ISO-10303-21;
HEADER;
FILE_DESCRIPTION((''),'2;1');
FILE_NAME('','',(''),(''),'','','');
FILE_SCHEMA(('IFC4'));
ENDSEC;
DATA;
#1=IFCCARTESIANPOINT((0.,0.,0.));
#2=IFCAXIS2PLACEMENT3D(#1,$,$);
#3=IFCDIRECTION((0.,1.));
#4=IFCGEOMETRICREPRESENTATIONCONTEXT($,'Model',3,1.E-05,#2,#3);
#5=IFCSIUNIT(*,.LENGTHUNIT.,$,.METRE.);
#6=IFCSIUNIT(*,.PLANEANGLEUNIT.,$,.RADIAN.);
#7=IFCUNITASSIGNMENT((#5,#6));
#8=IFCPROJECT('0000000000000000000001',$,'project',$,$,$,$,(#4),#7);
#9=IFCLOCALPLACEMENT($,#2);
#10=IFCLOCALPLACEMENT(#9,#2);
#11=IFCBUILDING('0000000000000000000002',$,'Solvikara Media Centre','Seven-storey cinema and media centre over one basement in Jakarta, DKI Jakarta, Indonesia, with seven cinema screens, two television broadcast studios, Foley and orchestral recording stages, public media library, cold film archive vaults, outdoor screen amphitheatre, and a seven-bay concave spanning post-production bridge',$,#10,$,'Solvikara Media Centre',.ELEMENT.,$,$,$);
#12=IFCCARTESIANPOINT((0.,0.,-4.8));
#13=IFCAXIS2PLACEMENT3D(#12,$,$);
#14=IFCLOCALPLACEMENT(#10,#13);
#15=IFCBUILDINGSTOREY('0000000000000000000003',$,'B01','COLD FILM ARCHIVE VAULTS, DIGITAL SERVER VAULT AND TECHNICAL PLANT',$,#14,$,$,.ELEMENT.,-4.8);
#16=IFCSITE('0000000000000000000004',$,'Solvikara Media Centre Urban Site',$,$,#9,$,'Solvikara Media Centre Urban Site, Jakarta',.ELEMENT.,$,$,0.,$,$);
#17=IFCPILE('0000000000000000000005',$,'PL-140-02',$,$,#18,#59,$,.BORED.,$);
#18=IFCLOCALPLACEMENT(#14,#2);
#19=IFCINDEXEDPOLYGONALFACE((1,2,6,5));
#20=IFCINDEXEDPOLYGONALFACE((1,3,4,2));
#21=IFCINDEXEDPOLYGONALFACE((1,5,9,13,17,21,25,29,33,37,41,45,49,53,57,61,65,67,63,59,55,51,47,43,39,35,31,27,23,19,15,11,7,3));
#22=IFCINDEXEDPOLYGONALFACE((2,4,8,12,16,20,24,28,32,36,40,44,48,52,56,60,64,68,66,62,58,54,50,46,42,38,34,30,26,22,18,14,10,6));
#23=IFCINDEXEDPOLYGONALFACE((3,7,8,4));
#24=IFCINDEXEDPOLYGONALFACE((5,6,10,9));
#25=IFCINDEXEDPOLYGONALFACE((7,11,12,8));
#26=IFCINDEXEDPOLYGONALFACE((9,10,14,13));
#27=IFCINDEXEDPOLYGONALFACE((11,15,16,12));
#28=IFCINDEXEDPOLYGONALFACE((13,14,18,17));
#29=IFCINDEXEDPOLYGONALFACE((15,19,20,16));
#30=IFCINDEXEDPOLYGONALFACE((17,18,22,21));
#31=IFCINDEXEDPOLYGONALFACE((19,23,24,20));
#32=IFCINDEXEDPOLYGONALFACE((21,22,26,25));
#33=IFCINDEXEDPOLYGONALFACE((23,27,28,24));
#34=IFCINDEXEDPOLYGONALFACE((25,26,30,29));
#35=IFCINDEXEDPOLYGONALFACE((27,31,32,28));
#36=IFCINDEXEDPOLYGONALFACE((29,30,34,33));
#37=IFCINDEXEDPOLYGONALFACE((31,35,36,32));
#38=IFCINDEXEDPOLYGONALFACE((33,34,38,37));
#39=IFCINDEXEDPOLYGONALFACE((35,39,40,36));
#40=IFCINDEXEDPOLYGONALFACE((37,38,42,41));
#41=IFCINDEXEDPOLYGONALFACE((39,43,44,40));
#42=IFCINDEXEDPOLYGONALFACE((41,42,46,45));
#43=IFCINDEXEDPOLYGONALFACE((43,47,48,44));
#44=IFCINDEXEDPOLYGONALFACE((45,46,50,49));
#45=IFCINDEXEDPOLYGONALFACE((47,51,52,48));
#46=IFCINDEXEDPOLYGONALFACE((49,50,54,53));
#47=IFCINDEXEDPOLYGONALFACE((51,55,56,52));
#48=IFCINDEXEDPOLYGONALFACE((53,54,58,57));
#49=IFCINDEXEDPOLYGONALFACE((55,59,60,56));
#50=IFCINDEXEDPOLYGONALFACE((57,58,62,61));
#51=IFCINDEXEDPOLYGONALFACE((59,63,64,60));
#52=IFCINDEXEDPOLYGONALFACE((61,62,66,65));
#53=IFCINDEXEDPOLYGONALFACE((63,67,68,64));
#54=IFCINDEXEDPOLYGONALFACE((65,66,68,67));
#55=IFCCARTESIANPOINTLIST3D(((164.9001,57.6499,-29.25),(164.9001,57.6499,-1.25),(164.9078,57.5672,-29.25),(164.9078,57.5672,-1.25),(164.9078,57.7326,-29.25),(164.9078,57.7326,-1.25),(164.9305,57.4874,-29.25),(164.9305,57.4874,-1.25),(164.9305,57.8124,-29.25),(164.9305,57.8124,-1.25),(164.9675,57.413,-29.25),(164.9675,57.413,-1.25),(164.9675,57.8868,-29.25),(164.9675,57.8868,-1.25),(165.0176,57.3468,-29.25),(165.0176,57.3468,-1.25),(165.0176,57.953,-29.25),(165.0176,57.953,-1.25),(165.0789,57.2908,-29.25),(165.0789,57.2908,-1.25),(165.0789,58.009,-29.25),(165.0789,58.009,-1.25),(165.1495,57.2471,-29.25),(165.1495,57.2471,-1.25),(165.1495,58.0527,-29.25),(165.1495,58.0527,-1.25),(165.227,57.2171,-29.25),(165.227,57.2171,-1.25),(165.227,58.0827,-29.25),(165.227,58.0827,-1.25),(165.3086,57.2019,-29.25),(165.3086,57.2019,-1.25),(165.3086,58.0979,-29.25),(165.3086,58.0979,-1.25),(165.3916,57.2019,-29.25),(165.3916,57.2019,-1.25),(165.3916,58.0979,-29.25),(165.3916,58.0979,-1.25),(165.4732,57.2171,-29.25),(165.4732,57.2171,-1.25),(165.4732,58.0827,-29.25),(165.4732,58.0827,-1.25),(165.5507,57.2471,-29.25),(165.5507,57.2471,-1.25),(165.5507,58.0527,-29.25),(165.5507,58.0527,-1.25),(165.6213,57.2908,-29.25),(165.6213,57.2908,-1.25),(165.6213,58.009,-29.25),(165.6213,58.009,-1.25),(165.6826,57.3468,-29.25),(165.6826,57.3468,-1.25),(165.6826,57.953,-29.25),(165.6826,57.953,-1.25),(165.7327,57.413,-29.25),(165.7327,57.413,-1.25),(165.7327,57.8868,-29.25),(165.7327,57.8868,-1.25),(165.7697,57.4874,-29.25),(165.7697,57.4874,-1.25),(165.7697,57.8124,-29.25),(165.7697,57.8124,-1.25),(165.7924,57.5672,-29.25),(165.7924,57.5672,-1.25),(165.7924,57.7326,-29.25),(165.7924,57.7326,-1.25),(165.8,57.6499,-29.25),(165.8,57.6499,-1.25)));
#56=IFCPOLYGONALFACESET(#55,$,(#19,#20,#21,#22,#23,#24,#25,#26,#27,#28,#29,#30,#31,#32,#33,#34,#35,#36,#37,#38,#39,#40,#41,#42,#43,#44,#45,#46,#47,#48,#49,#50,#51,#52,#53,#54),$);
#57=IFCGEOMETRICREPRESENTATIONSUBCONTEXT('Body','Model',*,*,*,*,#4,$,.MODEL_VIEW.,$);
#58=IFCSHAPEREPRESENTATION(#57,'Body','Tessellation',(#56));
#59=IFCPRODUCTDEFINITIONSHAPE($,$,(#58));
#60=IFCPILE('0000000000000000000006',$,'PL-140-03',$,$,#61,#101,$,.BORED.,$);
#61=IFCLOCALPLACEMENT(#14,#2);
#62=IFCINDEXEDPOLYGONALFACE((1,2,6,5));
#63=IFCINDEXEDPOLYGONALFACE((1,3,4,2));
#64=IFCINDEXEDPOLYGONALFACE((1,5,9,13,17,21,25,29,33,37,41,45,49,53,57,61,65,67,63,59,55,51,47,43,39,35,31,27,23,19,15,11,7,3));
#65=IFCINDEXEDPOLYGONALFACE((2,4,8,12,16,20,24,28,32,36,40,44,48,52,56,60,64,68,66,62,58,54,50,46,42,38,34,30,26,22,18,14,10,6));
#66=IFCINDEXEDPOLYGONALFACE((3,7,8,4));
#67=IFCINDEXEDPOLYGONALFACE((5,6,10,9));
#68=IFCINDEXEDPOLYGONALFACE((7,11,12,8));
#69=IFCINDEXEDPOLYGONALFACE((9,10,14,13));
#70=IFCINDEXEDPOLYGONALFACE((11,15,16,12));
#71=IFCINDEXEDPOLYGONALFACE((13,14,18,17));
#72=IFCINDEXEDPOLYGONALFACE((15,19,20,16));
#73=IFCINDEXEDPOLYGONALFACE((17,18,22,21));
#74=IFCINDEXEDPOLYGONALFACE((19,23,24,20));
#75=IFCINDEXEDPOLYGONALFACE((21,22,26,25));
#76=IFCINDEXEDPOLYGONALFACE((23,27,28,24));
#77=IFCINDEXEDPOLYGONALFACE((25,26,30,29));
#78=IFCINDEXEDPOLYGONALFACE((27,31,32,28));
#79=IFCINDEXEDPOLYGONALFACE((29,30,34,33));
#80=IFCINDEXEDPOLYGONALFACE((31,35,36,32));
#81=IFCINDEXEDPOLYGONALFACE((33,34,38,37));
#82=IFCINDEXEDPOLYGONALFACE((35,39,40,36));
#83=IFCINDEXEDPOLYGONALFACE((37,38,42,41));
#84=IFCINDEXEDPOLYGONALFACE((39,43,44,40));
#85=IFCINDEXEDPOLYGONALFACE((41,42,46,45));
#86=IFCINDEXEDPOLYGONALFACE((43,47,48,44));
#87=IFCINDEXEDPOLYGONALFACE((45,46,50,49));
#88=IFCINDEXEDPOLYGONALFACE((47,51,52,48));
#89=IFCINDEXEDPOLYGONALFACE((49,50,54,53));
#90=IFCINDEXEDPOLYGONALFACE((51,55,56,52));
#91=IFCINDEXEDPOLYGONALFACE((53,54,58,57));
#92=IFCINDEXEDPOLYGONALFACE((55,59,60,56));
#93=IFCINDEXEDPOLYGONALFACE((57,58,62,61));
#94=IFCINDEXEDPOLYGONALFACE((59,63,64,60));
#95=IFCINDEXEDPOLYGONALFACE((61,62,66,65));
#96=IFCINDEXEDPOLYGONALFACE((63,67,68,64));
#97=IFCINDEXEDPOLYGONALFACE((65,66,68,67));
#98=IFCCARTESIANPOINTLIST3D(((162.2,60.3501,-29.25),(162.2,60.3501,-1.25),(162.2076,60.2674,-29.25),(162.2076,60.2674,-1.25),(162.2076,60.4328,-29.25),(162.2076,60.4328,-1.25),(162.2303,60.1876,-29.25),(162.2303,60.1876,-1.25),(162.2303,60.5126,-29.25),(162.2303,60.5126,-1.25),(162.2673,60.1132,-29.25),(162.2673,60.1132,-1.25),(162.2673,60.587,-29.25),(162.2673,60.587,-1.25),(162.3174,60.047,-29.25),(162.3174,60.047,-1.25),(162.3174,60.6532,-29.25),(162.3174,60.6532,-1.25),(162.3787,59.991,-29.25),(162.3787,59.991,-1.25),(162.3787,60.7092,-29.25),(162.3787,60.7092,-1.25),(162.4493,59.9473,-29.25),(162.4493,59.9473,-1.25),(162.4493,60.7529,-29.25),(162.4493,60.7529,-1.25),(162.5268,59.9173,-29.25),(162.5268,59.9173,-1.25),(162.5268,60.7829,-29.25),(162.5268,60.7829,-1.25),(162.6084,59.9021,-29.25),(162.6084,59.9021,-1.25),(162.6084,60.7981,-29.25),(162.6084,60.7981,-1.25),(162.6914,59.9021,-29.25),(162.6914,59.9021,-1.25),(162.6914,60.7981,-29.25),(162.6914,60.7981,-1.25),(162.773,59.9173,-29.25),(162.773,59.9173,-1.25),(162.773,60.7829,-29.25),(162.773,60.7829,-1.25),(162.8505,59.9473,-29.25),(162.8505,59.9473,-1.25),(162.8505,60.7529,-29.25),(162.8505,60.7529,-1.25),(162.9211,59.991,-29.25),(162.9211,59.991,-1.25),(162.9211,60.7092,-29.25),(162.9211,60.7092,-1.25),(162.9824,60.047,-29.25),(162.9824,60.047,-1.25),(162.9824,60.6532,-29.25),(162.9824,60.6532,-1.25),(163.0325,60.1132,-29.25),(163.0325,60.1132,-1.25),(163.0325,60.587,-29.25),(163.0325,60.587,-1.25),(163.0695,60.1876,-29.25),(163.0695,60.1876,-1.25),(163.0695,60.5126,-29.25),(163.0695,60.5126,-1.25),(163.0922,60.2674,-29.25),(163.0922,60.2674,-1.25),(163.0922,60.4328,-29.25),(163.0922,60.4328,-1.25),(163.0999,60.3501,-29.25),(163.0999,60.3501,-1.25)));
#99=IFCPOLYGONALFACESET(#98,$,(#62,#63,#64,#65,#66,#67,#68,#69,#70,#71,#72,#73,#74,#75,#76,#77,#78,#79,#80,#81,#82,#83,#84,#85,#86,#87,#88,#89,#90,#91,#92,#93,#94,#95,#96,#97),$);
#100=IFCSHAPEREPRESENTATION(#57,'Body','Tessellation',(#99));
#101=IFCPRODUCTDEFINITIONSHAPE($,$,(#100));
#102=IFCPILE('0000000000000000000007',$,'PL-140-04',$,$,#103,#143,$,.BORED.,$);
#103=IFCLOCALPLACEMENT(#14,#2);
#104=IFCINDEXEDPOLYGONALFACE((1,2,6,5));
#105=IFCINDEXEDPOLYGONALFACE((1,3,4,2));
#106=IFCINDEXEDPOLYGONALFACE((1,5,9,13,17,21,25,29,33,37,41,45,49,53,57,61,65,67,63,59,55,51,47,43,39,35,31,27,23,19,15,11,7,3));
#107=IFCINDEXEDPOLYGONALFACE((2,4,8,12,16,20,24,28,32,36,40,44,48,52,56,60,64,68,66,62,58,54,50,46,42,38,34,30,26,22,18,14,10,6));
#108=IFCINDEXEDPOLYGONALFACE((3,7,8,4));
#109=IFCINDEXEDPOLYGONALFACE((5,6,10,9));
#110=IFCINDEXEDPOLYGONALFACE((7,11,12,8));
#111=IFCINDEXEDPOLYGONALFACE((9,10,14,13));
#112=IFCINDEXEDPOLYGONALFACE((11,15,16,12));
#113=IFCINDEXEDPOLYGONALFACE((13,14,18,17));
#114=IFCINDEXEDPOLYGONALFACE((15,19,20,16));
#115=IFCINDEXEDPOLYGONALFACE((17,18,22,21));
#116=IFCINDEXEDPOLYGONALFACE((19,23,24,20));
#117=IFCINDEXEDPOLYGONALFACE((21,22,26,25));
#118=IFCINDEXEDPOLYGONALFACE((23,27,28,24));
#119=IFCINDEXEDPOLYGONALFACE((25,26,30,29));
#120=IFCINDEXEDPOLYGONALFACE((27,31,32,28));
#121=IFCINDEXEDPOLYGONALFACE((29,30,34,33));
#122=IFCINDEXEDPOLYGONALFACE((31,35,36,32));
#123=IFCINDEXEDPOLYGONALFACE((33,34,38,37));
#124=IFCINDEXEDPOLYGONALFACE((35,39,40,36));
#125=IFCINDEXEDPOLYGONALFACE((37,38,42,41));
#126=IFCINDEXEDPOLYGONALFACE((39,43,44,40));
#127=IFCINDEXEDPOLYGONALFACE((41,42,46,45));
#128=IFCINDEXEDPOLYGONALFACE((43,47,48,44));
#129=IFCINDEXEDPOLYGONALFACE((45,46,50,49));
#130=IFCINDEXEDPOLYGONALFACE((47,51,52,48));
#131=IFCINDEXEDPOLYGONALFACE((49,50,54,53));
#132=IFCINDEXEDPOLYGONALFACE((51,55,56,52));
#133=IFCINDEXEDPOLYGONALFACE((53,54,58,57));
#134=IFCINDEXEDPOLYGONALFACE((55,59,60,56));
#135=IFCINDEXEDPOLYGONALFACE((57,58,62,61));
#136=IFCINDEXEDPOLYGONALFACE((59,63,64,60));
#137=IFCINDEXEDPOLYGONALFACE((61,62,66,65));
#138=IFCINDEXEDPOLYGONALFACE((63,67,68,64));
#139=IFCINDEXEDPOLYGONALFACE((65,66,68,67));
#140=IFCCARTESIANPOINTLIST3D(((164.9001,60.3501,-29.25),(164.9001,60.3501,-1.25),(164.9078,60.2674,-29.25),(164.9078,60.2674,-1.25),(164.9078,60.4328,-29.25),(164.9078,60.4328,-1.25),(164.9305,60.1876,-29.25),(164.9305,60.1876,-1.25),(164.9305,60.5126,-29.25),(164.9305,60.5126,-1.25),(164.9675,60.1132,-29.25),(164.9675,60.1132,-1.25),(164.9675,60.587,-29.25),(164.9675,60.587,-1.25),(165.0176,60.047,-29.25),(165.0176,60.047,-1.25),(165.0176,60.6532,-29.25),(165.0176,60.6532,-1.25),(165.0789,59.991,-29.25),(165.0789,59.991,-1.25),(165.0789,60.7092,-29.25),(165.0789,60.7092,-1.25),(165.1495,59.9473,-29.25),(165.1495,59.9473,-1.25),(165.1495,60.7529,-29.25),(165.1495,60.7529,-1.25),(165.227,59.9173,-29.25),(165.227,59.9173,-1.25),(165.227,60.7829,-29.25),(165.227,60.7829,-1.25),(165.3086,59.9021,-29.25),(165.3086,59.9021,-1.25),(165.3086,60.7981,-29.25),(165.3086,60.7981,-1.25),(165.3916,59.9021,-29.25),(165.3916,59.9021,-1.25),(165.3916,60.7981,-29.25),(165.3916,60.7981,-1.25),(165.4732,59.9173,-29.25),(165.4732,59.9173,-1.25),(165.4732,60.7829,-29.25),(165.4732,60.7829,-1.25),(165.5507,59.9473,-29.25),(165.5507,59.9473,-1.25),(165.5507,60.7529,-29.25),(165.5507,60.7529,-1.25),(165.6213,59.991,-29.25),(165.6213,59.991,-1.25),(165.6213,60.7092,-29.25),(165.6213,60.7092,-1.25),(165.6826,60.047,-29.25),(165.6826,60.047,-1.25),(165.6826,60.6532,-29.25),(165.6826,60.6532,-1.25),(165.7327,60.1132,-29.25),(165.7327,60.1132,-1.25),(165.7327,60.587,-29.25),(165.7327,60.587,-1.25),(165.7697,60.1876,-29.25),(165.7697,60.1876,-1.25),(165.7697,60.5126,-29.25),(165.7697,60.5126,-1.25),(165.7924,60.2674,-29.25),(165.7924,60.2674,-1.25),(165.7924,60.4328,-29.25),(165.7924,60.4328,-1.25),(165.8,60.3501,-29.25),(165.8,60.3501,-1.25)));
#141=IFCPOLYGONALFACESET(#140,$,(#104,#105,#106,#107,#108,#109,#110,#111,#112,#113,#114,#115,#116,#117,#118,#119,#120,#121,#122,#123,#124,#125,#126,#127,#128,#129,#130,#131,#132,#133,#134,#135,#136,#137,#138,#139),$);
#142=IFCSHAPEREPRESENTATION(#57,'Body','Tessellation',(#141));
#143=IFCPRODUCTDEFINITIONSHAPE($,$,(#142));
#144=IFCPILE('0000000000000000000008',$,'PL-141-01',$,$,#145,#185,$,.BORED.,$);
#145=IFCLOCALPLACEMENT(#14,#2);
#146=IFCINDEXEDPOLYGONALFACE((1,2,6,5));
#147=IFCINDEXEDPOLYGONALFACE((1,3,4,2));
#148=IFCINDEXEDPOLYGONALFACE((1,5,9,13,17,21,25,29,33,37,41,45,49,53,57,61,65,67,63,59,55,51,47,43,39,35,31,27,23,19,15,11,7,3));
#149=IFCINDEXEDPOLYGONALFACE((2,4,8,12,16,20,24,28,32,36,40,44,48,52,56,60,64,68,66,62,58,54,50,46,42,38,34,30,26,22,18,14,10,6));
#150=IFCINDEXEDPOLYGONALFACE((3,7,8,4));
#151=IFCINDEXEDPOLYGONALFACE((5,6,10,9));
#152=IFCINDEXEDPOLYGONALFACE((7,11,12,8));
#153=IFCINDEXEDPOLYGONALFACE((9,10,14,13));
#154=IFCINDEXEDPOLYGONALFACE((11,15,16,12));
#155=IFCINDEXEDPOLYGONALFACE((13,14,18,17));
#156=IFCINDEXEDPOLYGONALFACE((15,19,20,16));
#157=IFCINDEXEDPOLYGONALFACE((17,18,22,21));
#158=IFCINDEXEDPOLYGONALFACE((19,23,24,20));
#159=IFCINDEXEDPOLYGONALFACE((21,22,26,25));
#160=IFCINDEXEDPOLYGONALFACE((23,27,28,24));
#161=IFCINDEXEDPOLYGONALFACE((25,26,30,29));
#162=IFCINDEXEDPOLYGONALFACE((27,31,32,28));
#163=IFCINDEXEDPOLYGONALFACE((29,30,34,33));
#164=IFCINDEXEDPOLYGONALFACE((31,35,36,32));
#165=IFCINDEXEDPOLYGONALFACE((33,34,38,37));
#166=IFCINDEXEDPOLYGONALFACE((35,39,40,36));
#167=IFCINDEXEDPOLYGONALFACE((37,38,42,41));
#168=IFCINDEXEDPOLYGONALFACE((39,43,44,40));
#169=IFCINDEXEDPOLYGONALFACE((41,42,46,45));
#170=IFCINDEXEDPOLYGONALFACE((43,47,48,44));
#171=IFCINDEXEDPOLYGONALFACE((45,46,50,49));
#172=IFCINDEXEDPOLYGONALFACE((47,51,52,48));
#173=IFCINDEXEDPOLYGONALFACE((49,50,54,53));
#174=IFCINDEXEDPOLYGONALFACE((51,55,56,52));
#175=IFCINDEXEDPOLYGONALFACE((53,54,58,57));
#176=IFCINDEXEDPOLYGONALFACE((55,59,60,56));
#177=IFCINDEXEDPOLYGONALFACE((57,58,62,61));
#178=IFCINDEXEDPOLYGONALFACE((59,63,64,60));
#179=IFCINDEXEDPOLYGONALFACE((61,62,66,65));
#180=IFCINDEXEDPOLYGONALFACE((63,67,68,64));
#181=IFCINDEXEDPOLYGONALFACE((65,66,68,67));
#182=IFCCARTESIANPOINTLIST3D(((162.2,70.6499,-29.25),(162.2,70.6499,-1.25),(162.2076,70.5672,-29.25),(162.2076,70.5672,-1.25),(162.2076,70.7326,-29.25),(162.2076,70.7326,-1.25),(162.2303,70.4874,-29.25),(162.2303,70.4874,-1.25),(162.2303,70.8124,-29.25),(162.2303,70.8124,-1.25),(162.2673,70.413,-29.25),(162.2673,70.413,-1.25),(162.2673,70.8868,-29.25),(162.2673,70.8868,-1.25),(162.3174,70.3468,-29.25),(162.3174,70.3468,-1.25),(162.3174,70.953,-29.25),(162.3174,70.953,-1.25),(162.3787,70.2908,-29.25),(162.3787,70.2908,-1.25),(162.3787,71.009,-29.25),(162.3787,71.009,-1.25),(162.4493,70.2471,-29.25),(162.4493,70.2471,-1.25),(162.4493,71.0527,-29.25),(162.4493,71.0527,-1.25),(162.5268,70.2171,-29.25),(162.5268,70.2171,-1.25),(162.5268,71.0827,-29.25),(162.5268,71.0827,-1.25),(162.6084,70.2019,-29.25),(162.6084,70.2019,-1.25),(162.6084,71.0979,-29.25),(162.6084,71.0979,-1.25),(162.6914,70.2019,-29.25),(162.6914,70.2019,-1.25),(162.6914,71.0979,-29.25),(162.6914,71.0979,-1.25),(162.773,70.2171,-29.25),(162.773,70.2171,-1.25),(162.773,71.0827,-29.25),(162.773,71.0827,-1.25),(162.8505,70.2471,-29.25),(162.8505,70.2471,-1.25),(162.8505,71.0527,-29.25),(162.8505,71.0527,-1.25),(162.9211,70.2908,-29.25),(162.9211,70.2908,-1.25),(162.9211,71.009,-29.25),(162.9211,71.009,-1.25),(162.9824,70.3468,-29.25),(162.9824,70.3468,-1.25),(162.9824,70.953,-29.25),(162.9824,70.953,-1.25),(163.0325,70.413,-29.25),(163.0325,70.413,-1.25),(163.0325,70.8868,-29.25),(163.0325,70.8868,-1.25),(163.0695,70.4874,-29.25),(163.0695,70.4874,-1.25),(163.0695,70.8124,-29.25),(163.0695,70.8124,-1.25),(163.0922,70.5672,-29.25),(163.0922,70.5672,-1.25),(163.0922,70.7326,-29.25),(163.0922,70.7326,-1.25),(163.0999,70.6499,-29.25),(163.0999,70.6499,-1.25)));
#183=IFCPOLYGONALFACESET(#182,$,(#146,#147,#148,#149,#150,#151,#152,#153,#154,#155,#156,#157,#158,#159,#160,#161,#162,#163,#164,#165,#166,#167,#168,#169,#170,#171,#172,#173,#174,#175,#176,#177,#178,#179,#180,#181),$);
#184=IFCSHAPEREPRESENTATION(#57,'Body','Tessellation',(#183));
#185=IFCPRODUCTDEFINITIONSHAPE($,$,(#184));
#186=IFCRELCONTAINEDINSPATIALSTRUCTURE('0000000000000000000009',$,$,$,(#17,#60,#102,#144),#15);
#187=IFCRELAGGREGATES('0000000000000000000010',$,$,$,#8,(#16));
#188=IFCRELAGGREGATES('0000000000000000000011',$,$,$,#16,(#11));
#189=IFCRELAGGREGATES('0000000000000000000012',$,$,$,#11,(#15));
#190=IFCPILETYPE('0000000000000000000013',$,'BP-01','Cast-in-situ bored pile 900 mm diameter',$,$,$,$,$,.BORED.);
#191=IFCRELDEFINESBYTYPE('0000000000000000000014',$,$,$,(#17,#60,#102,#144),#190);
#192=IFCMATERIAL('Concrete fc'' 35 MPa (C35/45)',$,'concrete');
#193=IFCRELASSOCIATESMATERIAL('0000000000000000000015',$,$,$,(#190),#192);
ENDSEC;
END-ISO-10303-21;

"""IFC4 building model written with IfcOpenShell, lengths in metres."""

from ifc_helpers import new_model, si_unit, direction, frame, origin, origin_2d, place, context, subcontext, project, spatial, circle, extrude, material, material_profile, profile_set, type_object, element, save


model = new_model("IFC4")

# Units and contexts
model_context = context("Model", 3, precision=1e-05, world=origin(), true_north=direction((0.0, 1.0)))
body_context = subcontext(model_context, "Body", "Model", "MODEL_VIEW")
ifc_project = project(units=[si_unit("LENGTHUNIT", "METRE"), si_unit("PLANEANGLEUNIT", "RADIAN")], contexts=[model_context])

# Site, building, storey
site_placement = place(None, origin())
site = spatial("IfcSite", under=ifc_project, at=site_placement, Name="Solvikara Media Centre Urban Site", LongName="Solvikara Media Centre Urban Site, Jakarta", CompositionType="ELEMENT", RefElevation=0.0)
building_placement = place(site_placement, origin())
building = spatial("IfcBuilding", under=site, at=building_placement, Name="Solvikara Media Centre", Description="Seven-storey cinema and media centre over one basement in Jakarta, DKI Jakarta, Indonesia, with seven cinema screens, two television broadcast studios, Foley and orchestral recording stages, public media library, cold film archive vaults, outdoor screen amphitheatre, and a seven-bay concave spanning post-production bridge", LongName="Solvikara Media Centre", CompositionType="ELEMENT")
storey_placement = place(building_placement, frame((0.0, 0.0, -4.8)))
storey = spatial("IfcBuildingStorey", under=building, at=storey_placement, Name="B01", Description="COLD FILM ARCHIVE VAULTS, DIGITAL SERVER VAULT AND TECHNICAL PLANT", CompositionType="ELEMENT", Elevation=-4.8)

# Piles
ifc_material_1 = material(Name="Concrete fc' 35 MPa (C35/45)", Category="concrete")
ifc_material_profile_1 = material_profile(ifc_material_1, circle(Radius=0.45, at=origin_2d()), Name="BORED PILE D900")
ifc_profile_set_1 = profile_set([ifc_material_profile_1], Name="Concrete fc' 35 MPa (C35/45)")
pile_type_1 = type_object("IfcPileType", Name="BP-01", Description="Cast-in-situ bored pile 900 mm diameter", PredefinedType="BORED", material=ifc_profile_set_1)
for number, where, z_axis, x_axis, name in (
    (1, (165.3501, 57.6499, -1.25), (0.0, 0.0, -1.0), (1.0, 0.0, 0.0), "PL-140-02"),
    (2, (162.6499, 60.3501, -1.25), (0.0, 0.0, -1.0), (1.0, 0.0, 0.0), "PL-140-03"),
    (3, (165.3501, 60.3501, -1.25), (0.0, 0.0, -1.0), (1.0, 0.0, 0.0), "PL-140-04"),
    (4, (162.6499, 70.6499, -1.25), (0.0, 0.0, -1.0), (1.0, 0.0, 0.0), "PL-141-01"),
):
    element("IfcPile", number, at=place(storey_placement, frame(where, z_axis=z_axis, x_axis=x_axis)), inside=storey, type_object=pile_type_1, Name=name, PredefinedType="BORED", context=body_context, shape_type="SweptSolid", body=[
        extrude(circle(Radius=0.45, at=origin_2d()), origin(), (0.0, 0.0, 1.0), 28.0),
    ])

save(model, "model.ifc")
